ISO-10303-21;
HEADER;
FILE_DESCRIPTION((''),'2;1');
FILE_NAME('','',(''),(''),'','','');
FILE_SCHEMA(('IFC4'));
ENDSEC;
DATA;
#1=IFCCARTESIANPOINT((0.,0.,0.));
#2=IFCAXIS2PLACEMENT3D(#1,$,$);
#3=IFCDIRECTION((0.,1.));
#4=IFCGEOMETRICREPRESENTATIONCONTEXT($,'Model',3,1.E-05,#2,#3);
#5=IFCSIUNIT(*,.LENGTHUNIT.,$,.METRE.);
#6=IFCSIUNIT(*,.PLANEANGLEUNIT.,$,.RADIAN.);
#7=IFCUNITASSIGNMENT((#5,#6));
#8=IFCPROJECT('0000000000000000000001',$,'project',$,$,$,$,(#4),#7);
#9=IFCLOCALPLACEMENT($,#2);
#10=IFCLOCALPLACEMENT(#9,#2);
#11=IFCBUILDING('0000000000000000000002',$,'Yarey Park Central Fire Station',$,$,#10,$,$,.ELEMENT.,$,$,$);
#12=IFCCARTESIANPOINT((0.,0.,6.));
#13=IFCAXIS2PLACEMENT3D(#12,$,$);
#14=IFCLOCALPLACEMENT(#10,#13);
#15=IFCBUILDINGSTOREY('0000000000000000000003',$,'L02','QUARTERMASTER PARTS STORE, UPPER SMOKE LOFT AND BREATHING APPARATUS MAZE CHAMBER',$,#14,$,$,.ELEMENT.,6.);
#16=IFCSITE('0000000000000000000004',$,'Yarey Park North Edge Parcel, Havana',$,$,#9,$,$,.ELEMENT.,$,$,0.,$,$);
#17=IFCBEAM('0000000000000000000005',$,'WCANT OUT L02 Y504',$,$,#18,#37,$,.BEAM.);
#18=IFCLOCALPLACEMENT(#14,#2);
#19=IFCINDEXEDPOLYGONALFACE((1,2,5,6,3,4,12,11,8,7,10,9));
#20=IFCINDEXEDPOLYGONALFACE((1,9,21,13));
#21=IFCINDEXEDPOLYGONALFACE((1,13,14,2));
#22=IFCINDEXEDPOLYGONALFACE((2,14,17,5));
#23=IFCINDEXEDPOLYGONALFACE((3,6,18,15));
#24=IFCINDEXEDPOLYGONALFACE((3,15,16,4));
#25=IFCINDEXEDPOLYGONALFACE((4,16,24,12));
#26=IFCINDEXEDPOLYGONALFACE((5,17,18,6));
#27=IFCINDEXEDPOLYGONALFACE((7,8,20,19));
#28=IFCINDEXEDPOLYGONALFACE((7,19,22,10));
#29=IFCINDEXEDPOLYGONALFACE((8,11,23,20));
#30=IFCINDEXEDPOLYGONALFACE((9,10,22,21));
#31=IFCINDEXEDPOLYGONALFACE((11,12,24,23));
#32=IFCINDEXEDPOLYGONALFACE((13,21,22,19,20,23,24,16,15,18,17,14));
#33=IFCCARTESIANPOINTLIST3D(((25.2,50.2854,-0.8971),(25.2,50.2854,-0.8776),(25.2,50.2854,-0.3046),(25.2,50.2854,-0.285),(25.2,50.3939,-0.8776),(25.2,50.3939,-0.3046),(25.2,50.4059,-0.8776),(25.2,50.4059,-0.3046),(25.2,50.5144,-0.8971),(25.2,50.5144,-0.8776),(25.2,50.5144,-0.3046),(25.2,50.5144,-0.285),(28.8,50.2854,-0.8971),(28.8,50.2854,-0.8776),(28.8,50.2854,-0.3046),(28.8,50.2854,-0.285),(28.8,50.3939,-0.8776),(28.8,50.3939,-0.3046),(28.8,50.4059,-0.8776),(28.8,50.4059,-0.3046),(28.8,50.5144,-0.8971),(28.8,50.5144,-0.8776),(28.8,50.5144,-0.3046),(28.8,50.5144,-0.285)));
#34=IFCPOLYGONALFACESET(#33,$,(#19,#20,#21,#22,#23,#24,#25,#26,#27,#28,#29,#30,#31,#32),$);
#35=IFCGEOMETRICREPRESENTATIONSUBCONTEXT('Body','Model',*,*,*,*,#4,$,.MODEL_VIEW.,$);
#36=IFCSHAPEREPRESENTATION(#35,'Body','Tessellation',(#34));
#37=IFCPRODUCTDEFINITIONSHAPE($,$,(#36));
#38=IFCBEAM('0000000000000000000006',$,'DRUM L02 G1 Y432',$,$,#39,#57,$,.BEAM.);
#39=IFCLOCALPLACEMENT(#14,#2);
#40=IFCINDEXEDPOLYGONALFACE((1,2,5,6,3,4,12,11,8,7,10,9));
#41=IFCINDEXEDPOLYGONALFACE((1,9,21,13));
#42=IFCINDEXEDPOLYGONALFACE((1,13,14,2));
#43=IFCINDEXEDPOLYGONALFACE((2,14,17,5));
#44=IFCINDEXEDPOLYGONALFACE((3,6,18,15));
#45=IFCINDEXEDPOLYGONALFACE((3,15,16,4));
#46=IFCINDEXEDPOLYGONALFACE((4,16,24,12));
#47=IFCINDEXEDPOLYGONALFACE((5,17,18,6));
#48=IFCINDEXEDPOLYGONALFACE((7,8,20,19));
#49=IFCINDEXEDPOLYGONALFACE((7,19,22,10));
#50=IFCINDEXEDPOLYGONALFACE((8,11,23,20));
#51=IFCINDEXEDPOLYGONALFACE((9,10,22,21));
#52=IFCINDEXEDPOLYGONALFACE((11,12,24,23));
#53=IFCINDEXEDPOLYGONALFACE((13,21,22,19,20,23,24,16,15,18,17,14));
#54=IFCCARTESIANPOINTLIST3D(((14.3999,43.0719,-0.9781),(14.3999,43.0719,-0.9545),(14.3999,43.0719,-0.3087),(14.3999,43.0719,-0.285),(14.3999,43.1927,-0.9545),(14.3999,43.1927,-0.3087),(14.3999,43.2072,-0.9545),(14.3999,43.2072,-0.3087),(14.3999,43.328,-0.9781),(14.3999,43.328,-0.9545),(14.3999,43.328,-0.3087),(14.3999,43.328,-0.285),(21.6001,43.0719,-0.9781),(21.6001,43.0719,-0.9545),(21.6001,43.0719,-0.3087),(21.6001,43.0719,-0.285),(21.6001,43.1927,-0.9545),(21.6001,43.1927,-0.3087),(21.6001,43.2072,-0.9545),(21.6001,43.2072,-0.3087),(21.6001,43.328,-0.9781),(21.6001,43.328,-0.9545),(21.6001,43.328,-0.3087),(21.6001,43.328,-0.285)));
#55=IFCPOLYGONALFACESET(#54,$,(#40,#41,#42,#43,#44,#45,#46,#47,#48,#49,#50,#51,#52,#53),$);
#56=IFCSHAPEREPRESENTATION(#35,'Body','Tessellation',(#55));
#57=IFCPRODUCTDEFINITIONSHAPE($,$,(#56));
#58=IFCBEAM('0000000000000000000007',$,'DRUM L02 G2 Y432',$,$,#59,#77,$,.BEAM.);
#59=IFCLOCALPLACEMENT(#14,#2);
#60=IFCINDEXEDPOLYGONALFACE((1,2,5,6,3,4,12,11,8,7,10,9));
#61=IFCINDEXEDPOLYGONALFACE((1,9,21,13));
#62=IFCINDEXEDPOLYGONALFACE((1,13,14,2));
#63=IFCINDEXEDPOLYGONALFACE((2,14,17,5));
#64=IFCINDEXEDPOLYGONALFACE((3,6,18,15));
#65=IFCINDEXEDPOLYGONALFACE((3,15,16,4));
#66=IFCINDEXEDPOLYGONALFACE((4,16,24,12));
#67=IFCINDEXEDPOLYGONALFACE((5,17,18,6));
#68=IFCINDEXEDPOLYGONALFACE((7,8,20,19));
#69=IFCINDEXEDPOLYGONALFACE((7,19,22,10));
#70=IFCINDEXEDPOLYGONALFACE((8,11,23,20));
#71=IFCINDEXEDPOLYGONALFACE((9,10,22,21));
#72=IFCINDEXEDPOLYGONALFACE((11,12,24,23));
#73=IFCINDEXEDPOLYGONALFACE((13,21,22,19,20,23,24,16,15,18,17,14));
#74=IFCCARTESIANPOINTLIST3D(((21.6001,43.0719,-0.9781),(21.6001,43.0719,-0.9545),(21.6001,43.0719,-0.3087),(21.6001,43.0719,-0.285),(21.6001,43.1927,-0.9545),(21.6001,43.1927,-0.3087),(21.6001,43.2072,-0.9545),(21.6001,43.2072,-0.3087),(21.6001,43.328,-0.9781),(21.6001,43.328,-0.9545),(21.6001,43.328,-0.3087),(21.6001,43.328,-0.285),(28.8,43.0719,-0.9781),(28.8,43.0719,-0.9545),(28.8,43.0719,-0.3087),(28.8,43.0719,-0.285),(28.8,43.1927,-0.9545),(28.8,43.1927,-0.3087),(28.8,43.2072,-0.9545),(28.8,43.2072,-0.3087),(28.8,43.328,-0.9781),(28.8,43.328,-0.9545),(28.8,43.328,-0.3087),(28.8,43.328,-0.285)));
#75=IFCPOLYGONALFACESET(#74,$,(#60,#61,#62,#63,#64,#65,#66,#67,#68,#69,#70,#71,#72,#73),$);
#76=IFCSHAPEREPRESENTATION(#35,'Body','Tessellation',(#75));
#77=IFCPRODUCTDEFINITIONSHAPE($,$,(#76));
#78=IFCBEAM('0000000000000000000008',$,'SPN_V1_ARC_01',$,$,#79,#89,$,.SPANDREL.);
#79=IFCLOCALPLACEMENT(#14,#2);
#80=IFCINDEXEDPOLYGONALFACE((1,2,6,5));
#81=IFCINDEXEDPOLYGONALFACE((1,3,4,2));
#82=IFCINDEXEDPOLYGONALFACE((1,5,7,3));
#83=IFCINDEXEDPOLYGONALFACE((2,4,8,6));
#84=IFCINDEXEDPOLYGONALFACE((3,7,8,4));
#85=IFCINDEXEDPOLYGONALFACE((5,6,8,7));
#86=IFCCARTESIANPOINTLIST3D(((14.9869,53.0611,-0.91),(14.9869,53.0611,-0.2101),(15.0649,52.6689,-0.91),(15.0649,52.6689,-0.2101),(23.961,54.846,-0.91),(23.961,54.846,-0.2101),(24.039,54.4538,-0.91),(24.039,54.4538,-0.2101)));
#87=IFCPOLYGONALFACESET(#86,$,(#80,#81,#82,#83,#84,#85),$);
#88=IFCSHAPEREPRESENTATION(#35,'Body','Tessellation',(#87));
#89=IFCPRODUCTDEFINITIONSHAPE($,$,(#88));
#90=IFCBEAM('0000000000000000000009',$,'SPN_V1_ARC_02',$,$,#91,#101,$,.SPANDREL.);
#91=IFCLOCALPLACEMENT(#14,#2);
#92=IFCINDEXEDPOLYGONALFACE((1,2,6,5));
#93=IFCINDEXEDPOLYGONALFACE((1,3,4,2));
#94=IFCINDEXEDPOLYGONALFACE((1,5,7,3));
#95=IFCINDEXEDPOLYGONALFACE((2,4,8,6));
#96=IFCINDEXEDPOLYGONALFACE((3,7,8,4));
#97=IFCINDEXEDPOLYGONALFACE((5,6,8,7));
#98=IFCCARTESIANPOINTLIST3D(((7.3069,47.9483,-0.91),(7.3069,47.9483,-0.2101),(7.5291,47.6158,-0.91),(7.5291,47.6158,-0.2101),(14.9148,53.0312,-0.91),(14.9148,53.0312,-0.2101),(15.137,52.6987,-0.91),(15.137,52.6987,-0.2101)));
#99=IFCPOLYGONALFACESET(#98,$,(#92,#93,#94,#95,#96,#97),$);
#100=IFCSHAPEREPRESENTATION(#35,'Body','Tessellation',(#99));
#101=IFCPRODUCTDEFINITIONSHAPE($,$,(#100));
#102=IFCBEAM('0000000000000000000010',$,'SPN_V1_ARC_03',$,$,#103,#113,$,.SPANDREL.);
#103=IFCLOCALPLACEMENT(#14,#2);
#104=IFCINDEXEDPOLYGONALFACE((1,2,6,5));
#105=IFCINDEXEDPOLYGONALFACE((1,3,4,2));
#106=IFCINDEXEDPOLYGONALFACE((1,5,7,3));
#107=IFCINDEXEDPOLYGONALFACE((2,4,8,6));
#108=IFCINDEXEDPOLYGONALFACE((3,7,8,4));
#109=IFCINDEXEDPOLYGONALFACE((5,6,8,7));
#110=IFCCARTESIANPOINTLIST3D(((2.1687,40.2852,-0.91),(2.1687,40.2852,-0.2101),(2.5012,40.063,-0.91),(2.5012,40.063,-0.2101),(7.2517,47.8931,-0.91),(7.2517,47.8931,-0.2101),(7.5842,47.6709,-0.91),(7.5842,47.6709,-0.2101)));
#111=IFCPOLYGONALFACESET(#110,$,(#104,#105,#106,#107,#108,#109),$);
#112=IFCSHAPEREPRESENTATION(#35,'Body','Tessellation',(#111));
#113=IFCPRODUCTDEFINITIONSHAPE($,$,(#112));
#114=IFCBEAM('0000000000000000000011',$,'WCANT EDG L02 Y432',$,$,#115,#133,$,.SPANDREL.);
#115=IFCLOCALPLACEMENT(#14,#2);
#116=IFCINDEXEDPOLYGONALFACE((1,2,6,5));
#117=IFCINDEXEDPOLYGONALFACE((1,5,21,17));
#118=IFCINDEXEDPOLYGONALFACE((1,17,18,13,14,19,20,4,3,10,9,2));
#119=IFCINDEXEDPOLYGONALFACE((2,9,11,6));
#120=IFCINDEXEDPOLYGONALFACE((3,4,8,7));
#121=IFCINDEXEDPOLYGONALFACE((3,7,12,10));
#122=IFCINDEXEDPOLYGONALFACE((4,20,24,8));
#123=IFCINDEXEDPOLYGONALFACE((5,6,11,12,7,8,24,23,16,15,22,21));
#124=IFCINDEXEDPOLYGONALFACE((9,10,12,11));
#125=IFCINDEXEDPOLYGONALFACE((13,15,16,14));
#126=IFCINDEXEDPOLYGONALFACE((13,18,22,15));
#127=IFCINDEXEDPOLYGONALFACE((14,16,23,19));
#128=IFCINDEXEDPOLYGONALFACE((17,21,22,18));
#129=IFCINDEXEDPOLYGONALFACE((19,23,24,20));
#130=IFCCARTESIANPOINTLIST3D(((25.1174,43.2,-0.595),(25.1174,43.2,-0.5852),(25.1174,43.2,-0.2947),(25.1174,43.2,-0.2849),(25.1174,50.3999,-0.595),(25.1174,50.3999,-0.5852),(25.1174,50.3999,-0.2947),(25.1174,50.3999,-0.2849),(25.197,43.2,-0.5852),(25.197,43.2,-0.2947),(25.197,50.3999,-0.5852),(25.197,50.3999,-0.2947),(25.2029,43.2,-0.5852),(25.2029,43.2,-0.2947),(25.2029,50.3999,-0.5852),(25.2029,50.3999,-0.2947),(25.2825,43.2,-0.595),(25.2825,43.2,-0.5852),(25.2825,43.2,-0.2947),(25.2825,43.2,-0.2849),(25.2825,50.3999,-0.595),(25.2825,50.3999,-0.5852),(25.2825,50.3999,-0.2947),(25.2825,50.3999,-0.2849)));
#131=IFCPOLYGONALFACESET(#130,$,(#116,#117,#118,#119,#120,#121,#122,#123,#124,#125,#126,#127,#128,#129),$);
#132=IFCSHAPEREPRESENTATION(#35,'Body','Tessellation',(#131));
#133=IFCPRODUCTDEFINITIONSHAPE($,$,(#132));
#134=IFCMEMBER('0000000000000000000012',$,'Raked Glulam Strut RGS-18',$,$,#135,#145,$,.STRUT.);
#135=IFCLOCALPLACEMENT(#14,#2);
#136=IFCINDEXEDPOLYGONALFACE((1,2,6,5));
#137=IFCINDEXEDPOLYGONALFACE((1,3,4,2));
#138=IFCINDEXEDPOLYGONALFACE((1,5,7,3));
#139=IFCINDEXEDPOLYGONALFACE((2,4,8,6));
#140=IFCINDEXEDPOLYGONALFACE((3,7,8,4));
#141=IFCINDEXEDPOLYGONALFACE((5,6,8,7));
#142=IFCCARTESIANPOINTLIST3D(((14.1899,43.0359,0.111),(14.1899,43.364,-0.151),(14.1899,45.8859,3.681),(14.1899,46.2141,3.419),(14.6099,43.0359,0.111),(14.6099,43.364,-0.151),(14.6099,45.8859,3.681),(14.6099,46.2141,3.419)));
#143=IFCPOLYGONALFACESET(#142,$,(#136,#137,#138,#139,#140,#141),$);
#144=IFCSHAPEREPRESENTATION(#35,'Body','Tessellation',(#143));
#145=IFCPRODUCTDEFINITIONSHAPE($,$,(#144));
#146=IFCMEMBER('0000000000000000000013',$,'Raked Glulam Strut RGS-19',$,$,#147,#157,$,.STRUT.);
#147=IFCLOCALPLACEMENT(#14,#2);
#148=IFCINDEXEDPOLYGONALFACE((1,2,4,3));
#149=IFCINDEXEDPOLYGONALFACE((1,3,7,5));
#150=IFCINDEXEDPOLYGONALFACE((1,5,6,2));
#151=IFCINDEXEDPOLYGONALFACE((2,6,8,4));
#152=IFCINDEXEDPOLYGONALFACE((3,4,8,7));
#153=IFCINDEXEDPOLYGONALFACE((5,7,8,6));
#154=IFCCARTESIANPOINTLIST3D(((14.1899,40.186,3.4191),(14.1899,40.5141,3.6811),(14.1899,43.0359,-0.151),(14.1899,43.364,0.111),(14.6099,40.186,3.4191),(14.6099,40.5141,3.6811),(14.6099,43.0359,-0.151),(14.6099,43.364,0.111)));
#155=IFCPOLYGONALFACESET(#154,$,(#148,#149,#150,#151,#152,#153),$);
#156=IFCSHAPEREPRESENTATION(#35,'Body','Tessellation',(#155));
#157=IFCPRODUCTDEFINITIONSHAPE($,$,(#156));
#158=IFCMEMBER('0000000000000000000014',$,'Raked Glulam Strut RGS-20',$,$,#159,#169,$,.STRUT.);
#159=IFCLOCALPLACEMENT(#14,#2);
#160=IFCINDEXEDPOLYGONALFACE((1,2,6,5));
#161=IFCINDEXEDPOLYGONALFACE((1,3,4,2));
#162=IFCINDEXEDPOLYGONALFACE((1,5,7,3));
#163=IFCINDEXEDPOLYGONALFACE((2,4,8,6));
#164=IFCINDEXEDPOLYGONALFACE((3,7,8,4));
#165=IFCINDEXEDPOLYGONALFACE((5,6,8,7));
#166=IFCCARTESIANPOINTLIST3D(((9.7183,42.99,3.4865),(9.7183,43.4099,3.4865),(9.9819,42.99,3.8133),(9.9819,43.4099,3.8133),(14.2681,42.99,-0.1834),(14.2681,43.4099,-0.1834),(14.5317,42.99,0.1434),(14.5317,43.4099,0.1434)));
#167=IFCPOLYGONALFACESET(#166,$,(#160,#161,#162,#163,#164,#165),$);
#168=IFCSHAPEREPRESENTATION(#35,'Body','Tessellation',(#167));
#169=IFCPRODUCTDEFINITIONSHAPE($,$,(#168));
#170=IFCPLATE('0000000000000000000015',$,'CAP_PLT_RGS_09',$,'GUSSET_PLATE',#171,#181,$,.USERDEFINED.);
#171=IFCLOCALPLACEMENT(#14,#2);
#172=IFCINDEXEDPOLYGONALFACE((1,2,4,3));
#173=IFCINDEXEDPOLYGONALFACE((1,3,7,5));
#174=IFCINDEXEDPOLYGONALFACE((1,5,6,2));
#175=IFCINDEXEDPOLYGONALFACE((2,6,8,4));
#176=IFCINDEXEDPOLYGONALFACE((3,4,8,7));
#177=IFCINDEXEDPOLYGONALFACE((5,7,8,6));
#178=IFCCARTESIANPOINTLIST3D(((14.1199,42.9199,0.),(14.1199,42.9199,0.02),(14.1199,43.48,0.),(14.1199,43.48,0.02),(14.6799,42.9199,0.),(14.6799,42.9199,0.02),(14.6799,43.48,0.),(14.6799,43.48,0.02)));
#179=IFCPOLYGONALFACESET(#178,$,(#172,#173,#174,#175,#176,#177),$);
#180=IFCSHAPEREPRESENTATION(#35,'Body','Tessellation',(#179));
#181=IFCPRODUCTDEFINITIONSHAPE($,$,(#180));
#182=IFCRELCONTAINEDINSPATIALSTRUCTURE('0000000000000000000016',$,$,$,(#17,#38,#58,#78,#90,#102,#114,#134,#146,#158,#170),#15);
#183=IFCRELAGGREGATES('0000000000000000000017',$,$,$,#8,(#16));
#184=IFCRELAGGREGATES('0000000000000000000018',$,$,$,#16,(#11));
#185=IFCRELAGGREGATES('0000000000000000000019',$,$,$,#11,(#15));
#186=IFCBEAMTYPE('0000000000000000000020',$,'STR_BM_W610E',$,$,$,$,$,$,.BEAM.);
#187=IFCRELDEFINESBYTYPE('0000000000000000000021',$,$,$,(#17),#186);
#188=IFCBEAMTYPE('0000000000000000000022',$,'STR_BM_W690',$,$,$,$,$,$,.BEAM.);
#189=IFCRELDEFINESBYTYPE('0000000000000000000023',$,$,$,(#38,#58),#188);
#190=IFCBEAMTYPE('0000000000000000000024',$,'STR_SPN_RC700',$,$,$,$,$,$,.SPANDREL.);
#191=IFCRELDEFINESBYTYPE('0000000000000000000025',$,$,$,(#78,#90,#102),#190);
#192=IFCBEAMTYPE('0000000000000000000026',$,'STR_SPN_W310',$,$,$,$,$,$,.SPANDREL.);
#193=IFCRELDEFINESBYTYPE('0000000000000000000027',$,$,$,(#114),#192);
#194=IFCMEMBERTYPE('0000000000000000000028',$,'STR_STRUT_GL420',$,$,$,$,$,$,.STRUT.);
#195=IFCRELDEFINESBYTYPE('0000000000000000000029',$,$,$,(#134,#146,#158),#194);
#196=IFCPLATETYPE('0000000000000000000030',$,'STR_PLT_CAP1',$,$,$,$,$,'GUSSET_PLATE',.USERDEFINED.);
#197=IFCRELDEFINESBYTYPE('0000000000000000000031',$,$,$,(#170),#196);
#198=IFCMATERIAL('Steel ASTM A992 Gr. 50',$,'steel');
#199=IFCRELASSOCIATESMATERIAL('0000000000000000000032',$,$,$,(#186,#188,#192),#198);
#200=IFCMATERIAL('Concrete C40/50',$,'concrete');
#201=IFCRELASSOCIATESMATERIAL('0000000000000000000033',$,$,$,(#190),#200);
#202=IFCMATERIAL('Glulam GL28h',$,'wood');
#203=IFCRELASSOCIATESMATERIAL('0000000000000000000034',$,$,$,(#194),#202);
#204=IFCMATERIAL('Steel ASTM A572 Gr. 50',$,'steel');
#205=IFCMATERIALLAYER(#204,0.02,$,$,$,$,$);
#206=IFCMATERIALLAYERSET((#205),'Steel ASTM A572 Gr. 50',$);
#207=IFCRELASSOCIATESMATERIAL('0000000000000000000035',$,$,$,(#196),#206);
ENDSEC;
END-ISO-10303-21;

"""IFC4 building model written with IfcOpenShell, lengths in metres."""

from ifc_helpers import new_model, si_unit, direction, frame, origin, origin_2d, place, context, subcontext, project, spatial, rectangle, i_section, extrude, material, layer, layer_set, material_profile, profile_set, type_object, element, save


model = new_model("IFC4")

# Units and contexts
model_context = context("Model", 3, precision=1e-05, world=origin(), true_north=direction((0.0, 1.0)))
body_context = subcontext(model_context, "Body", "Model", "MODEL_VIEW")
ifc_project = project(units=[si_unit("LENGTHUNIT", "METRE"), si_unit("PLANEANGLEUNIT", "RADIAN")], contexts=[model_context])

# Site, building, storey
site_placement = place(None, origin())
site = spatial("IfcSite", under=ifc_project, at=site_placement, Name="Yarey Park North Edge Parcel, Havana", CompositionType="ELEMENT", RefElevation=0.0)
building_placement = place(site_placement, origin())
building = spatial("IfcBuilding", under=site, at=building_placement, Name="Yarey Park Central Fire Station", CompositionType="ELEMENT")
storey_placement = place(building_placement, frame((0.0, 0.0, 6.0)))
storey = spatial("IfcBuildingStorey", under=building, at=storey_placement, Name="L02", Description="QUARTERMASTER PARTS STORE, UPPER SMOKE LOFT AND BREATHING APPARATUS MAZE CHAMBER", CompositionType="ELEMENT", Elevation=6.0)

# Shared definitions
ifc_material_1 = material(Name="Steel ASTM A992 Gr. 50", Category="steel")

# Beams
ifc_material_profile_1 = material_profile(ifc_material_1, i_section(OverallWidth=0.229, OverallDepth=0.6121, WebThickness=0.012, FlangeThickness=0.0195, at=origin_2d()), Name="W610x125")
ifc_profile_set_1 = profile_set([ifc_material_profile_1], Name="Steel ASTM A992 Gr. 50")
beam_type_1 = type_object("IfcBeamType", Name="STR_BM_W610E", PredefinedType="BEAM", material=ifc_profile_set_1)
beam_1_placement = place(storey_placement, frame((25.2, 50.3999, -0.5911), z_axis=(1.0, 0.0, 0.0), x_axis=(0.0, 1.0, 0.0)))
element("IfcBeam", 1, at=beam_1_placement, inside=storey, type_object=beam_type_1, Name="WCANT OUT L02 Y504", PredefinedType="BEAM", context=body_context, shape_type="SweptSolid", body=[
    extrude(i_section(OverallWidth=0.229, OverallDepth=0.6121, WebThickness=0.012, FlangeThickness=0.0195, at=origin_2d()), origin(), (0.0, 0.0, 1.0), 3.6001),
])
ifc_material_profile_2 = material_profile(ifc_material_1, i_section(OverallWidth=0.2561, OverallDepth=0.6931, WebThickness=0.0144, FlangeThickness=0.0237, at=origin_2d()), Name="W690x170")
ifc_profile_set_2 = profile_set([ifc_material_profile_2], Name="Steel ASTM A992 Gr. 50")
beam_type_2 = type_object("IfcBeamType", Name="STR_BM_W690", PredefinedType="BEAM", material=ifc_profile_set_2)
beam_2_placement = place(storey_placement, frame((14.3999, 43.2, -0.6316), z_axis=(1.0, 0.0, 0.0), x_axis=(0.0, 1.0, 0.0)))
element("IfcBeam", 2, at=beam_2_placement, inside=storey, type_object=beam_type_2, Name="DRUM L02 G1 Y432", PredefinedType="BEAM", context=body_context, shape_type="SweptSolid", body=[
    extrude(i_section(OverallWidth=0.2561, OverallDepth=0.6931, WebThickness=0.0144, FlangeThickness=0.0237, at=origin_2d()), origin(), (0.0, 0.0, 1.0), 7.2002),
])
beam_3_placement = place(storey_placement, frame((21.6001, 43.2, -0.6316), z_axis=(1.0, 0.0, 0.0), x_axis=(0.0, 1.0, 0.0)))
element("IfcBeam", 3, at=beam_3_placement, inside=storey, type_object=beam_type_2, Name="DRUM L02 G2 Y432", PredefinedType="BEAM", context=body_context, shape_type="SweptSolid", body=[
    extrude(i_section(OverallWidth=0.2561, OverallDepth=0.6931, WebThickness=0.0144, FlangeThickness=0.0237, at=origin_2d()), origin(), (0.0, 0.0, 1.0), 7.2),
])
ifc_material_2 = material(Name="Concrete C40/50", Category="concrete")
ifc_material_profile_3 = material_profile(ifc_material_2, rectangle(XDim=0.3999, YDim=0.7, at=origin_2d()), Name="RC 400x700")
ifc_profile_set_3 = profile_set([ifc_material_profile_3], Name="Concrete C40/50")
beam_type_3 = type_object("IfcBeamType", Name="STR_SPN_RC700", PredefinedType="SPANDREL", material=ifc_profile_set_3)
beam_4_placement = place(storey_placement, frame((24.0, 54.6499, -0.5601), z_axis=(-0.980788, -0.195074, 0.0), x_axis=(0.195074, -0.980788, 0.0)))
element("IfcBeam", 4, at=beam_4_placement, inside=storey, type_object=beam_type_3, Name="SPN_V1_ARC_01", PredefinedType="SPANDREL", context=body_context, shape_type="SweptSolid", body=[
    extrude(rectangle(XDim=0.3999, YDim=0.7, at=origin_2d()), origin(), (0.0, 0.0, 1.0), 9.1499),
])
for number, where, z_axis, x_axis, name in (
    (5, (15.0259, 52.865, -0.5601), (-0.831492, -0.555537, 0.0), (0.555537, -0.831492, 0.0), "SPN_V1_ARC_02"),
    (6, (7.418, 47.782, -0.5601), (-0.555537, -0.831492, 0.0), (0.831492, -0.555537, 0.0), "SPN_V1_ARC_03"),
):
    element("IfcBeam", number, at=place(storey_placement, frame(where, z_axis=z_axis, x_axis=x_axis)), inside=storey, type_object=beam_type_3, Name=name, PredefinedType="SPANDREL", context=body_context, shape_type="SweptSolid", body=[
        extrude(rectangle(XDim=0.3999, YDim=0.7, at=origin_2d()), origin(), (0.0, 0.0, 1.0), 9.1497),
    ])
ifc_material_profile_4 = material_profile(ifc_material_1, i_section(OverallWidth=0.165, OverallDepth=0.3101, WebThickness=0.0059, FlangeThickness=0.0098, at=origin_2d()), Name="W310x39")
ifc_profile_set_4 = profile_set([ifc_material_profile_4], Name="Steel ASTM A992 Gr. 50")
beam_type_4 = type_object("IfcBeamType", Name="STR_SPN_W310", PredefinedType="SPANDREL", material=ifc_profile_set_4)
beam_5_placement = place(storey_placement, frame((25.2, 43.2, -0.4399), z_axis=(0.0, 1.0, 0.0), x_axis=(-1.0, 0.0, 0.0)))
element("IfcBeam", 7, at=beam_5_placement, inside=storey, type_object=beam_type_4, Name="WCANT EDG L02 Y432", PredefinedType="SPANDREL", context=body_context, shape_type="SweptSolid", body=[
    extrude(i_section(OverallWidth=0.165, OverallDepth=0.3101, WebThickness=0.0059, FlangeThickness=0.0098, at=origin_2d()), origin(), (0.0, 0.0, 1.0), 7.2),
])

# Members
ifc_material_3 = material(Name="Glulam GL28h", Category="wood")
ifc_material_profile_5 = material_profile(ifc_material_3, rectangle(XDim=0.4199, YDim=0.4199, at=origin_2d()), Name="GL 420x420")
ifc_profile_set_5 = profile_set([ifc_material_profile_5], Name="Glulam GL28h")
member_type_1 = type_object("IfcMemberType", Name="STR_STRUT_GL420", PredefinedType="STRUT", material=ifc_profile_set_5)
for number, where, z_axis, x_axis, name in (
    (8, (14.3999, 43.2, -0.02), (0.0, 0.6239, 0.781505), (-1.0, 0.0, 0.0), "Raked Glulam Strut RGS-18"),
    (9, (14.3999, 43.2, -0.02), (0.0, -0.623867, 0.781531), (1.0, 0.0, 0.0), "Raked Glulam Strut RGS-19"),
):
    element("IfcMember", number, at=place(storey_placement, frame(where, z_axis=z_axis, x_axis=x_axis)), inside=storey, type_object=member_type_1, Name=name, PredefinedType="STRUT", context=body_context, shape_type="SweptSolid", body=[
        extrude(rectangle(XDim=0.4199, YDim=0.4199, at=origin_2d()), origin(), (0.0, 0.0, 1.0), 4.5681),
    ])
member_1_placement = place(storey_placement, frame((14.3999, 43.2, -0.02), z_axis=(-0.778352, 0.0, 0.627828), x_axis=(0.0, -1.0, 0.0)))
element("IfcMember", 10, at=member_1_placement, inside=storey, type_object=member_type_1, Name="Raked Glulam Strut RGS-20", PredefinedType="STRUT", context=body_context, shape_type="SweptSolid", body=[
    extrude(rectangle(XDim=0.4199, YDim=0.4199, at=origin_2d()), origin(), (0.0, 0.0, 1.0), 5.8455),
])

# Plate
ifc_material_4 = material(Name="Steel ASTM A572 Gr. 50", Category="steel")
ifc_layer_1 = layer(ifc_material_4, 0.02)
ifc_layer_set_1 = layer_set([ifc_layer_1], Name="Steel ASTM A572 Gr. 50")
plate_type = type_object("IfcPlateType", Name="STR_PLT_CAP1", ElementType="GUSSET_PLATE", PredefinedType="USERDEFINED", material=ifc_layer_set_1)
plate_placement = place(storey_placement, frame((14.3999, 43.2, 0.0), z_axis=(0.0, 0.0, 1.0), x_axis=(1.0, 0.0, 0.0)))
element("IfcPlate", 11, at=plate_placement, inside=storey, type_object=plate_type, Name="CAP_PLT_RGS_09", ObjectType="GUSSET_PLATE", PredefinedType="USERDEFINED", context=body_context, shape_type="SweptSolid", body=[
    extrude(rectangle(XDim=0.5601, YDim=0.5601, at=origin_2d()), origin(), (0.0, 0.0, 1.0), 0.02),
])

save(model, "model.ifc")
